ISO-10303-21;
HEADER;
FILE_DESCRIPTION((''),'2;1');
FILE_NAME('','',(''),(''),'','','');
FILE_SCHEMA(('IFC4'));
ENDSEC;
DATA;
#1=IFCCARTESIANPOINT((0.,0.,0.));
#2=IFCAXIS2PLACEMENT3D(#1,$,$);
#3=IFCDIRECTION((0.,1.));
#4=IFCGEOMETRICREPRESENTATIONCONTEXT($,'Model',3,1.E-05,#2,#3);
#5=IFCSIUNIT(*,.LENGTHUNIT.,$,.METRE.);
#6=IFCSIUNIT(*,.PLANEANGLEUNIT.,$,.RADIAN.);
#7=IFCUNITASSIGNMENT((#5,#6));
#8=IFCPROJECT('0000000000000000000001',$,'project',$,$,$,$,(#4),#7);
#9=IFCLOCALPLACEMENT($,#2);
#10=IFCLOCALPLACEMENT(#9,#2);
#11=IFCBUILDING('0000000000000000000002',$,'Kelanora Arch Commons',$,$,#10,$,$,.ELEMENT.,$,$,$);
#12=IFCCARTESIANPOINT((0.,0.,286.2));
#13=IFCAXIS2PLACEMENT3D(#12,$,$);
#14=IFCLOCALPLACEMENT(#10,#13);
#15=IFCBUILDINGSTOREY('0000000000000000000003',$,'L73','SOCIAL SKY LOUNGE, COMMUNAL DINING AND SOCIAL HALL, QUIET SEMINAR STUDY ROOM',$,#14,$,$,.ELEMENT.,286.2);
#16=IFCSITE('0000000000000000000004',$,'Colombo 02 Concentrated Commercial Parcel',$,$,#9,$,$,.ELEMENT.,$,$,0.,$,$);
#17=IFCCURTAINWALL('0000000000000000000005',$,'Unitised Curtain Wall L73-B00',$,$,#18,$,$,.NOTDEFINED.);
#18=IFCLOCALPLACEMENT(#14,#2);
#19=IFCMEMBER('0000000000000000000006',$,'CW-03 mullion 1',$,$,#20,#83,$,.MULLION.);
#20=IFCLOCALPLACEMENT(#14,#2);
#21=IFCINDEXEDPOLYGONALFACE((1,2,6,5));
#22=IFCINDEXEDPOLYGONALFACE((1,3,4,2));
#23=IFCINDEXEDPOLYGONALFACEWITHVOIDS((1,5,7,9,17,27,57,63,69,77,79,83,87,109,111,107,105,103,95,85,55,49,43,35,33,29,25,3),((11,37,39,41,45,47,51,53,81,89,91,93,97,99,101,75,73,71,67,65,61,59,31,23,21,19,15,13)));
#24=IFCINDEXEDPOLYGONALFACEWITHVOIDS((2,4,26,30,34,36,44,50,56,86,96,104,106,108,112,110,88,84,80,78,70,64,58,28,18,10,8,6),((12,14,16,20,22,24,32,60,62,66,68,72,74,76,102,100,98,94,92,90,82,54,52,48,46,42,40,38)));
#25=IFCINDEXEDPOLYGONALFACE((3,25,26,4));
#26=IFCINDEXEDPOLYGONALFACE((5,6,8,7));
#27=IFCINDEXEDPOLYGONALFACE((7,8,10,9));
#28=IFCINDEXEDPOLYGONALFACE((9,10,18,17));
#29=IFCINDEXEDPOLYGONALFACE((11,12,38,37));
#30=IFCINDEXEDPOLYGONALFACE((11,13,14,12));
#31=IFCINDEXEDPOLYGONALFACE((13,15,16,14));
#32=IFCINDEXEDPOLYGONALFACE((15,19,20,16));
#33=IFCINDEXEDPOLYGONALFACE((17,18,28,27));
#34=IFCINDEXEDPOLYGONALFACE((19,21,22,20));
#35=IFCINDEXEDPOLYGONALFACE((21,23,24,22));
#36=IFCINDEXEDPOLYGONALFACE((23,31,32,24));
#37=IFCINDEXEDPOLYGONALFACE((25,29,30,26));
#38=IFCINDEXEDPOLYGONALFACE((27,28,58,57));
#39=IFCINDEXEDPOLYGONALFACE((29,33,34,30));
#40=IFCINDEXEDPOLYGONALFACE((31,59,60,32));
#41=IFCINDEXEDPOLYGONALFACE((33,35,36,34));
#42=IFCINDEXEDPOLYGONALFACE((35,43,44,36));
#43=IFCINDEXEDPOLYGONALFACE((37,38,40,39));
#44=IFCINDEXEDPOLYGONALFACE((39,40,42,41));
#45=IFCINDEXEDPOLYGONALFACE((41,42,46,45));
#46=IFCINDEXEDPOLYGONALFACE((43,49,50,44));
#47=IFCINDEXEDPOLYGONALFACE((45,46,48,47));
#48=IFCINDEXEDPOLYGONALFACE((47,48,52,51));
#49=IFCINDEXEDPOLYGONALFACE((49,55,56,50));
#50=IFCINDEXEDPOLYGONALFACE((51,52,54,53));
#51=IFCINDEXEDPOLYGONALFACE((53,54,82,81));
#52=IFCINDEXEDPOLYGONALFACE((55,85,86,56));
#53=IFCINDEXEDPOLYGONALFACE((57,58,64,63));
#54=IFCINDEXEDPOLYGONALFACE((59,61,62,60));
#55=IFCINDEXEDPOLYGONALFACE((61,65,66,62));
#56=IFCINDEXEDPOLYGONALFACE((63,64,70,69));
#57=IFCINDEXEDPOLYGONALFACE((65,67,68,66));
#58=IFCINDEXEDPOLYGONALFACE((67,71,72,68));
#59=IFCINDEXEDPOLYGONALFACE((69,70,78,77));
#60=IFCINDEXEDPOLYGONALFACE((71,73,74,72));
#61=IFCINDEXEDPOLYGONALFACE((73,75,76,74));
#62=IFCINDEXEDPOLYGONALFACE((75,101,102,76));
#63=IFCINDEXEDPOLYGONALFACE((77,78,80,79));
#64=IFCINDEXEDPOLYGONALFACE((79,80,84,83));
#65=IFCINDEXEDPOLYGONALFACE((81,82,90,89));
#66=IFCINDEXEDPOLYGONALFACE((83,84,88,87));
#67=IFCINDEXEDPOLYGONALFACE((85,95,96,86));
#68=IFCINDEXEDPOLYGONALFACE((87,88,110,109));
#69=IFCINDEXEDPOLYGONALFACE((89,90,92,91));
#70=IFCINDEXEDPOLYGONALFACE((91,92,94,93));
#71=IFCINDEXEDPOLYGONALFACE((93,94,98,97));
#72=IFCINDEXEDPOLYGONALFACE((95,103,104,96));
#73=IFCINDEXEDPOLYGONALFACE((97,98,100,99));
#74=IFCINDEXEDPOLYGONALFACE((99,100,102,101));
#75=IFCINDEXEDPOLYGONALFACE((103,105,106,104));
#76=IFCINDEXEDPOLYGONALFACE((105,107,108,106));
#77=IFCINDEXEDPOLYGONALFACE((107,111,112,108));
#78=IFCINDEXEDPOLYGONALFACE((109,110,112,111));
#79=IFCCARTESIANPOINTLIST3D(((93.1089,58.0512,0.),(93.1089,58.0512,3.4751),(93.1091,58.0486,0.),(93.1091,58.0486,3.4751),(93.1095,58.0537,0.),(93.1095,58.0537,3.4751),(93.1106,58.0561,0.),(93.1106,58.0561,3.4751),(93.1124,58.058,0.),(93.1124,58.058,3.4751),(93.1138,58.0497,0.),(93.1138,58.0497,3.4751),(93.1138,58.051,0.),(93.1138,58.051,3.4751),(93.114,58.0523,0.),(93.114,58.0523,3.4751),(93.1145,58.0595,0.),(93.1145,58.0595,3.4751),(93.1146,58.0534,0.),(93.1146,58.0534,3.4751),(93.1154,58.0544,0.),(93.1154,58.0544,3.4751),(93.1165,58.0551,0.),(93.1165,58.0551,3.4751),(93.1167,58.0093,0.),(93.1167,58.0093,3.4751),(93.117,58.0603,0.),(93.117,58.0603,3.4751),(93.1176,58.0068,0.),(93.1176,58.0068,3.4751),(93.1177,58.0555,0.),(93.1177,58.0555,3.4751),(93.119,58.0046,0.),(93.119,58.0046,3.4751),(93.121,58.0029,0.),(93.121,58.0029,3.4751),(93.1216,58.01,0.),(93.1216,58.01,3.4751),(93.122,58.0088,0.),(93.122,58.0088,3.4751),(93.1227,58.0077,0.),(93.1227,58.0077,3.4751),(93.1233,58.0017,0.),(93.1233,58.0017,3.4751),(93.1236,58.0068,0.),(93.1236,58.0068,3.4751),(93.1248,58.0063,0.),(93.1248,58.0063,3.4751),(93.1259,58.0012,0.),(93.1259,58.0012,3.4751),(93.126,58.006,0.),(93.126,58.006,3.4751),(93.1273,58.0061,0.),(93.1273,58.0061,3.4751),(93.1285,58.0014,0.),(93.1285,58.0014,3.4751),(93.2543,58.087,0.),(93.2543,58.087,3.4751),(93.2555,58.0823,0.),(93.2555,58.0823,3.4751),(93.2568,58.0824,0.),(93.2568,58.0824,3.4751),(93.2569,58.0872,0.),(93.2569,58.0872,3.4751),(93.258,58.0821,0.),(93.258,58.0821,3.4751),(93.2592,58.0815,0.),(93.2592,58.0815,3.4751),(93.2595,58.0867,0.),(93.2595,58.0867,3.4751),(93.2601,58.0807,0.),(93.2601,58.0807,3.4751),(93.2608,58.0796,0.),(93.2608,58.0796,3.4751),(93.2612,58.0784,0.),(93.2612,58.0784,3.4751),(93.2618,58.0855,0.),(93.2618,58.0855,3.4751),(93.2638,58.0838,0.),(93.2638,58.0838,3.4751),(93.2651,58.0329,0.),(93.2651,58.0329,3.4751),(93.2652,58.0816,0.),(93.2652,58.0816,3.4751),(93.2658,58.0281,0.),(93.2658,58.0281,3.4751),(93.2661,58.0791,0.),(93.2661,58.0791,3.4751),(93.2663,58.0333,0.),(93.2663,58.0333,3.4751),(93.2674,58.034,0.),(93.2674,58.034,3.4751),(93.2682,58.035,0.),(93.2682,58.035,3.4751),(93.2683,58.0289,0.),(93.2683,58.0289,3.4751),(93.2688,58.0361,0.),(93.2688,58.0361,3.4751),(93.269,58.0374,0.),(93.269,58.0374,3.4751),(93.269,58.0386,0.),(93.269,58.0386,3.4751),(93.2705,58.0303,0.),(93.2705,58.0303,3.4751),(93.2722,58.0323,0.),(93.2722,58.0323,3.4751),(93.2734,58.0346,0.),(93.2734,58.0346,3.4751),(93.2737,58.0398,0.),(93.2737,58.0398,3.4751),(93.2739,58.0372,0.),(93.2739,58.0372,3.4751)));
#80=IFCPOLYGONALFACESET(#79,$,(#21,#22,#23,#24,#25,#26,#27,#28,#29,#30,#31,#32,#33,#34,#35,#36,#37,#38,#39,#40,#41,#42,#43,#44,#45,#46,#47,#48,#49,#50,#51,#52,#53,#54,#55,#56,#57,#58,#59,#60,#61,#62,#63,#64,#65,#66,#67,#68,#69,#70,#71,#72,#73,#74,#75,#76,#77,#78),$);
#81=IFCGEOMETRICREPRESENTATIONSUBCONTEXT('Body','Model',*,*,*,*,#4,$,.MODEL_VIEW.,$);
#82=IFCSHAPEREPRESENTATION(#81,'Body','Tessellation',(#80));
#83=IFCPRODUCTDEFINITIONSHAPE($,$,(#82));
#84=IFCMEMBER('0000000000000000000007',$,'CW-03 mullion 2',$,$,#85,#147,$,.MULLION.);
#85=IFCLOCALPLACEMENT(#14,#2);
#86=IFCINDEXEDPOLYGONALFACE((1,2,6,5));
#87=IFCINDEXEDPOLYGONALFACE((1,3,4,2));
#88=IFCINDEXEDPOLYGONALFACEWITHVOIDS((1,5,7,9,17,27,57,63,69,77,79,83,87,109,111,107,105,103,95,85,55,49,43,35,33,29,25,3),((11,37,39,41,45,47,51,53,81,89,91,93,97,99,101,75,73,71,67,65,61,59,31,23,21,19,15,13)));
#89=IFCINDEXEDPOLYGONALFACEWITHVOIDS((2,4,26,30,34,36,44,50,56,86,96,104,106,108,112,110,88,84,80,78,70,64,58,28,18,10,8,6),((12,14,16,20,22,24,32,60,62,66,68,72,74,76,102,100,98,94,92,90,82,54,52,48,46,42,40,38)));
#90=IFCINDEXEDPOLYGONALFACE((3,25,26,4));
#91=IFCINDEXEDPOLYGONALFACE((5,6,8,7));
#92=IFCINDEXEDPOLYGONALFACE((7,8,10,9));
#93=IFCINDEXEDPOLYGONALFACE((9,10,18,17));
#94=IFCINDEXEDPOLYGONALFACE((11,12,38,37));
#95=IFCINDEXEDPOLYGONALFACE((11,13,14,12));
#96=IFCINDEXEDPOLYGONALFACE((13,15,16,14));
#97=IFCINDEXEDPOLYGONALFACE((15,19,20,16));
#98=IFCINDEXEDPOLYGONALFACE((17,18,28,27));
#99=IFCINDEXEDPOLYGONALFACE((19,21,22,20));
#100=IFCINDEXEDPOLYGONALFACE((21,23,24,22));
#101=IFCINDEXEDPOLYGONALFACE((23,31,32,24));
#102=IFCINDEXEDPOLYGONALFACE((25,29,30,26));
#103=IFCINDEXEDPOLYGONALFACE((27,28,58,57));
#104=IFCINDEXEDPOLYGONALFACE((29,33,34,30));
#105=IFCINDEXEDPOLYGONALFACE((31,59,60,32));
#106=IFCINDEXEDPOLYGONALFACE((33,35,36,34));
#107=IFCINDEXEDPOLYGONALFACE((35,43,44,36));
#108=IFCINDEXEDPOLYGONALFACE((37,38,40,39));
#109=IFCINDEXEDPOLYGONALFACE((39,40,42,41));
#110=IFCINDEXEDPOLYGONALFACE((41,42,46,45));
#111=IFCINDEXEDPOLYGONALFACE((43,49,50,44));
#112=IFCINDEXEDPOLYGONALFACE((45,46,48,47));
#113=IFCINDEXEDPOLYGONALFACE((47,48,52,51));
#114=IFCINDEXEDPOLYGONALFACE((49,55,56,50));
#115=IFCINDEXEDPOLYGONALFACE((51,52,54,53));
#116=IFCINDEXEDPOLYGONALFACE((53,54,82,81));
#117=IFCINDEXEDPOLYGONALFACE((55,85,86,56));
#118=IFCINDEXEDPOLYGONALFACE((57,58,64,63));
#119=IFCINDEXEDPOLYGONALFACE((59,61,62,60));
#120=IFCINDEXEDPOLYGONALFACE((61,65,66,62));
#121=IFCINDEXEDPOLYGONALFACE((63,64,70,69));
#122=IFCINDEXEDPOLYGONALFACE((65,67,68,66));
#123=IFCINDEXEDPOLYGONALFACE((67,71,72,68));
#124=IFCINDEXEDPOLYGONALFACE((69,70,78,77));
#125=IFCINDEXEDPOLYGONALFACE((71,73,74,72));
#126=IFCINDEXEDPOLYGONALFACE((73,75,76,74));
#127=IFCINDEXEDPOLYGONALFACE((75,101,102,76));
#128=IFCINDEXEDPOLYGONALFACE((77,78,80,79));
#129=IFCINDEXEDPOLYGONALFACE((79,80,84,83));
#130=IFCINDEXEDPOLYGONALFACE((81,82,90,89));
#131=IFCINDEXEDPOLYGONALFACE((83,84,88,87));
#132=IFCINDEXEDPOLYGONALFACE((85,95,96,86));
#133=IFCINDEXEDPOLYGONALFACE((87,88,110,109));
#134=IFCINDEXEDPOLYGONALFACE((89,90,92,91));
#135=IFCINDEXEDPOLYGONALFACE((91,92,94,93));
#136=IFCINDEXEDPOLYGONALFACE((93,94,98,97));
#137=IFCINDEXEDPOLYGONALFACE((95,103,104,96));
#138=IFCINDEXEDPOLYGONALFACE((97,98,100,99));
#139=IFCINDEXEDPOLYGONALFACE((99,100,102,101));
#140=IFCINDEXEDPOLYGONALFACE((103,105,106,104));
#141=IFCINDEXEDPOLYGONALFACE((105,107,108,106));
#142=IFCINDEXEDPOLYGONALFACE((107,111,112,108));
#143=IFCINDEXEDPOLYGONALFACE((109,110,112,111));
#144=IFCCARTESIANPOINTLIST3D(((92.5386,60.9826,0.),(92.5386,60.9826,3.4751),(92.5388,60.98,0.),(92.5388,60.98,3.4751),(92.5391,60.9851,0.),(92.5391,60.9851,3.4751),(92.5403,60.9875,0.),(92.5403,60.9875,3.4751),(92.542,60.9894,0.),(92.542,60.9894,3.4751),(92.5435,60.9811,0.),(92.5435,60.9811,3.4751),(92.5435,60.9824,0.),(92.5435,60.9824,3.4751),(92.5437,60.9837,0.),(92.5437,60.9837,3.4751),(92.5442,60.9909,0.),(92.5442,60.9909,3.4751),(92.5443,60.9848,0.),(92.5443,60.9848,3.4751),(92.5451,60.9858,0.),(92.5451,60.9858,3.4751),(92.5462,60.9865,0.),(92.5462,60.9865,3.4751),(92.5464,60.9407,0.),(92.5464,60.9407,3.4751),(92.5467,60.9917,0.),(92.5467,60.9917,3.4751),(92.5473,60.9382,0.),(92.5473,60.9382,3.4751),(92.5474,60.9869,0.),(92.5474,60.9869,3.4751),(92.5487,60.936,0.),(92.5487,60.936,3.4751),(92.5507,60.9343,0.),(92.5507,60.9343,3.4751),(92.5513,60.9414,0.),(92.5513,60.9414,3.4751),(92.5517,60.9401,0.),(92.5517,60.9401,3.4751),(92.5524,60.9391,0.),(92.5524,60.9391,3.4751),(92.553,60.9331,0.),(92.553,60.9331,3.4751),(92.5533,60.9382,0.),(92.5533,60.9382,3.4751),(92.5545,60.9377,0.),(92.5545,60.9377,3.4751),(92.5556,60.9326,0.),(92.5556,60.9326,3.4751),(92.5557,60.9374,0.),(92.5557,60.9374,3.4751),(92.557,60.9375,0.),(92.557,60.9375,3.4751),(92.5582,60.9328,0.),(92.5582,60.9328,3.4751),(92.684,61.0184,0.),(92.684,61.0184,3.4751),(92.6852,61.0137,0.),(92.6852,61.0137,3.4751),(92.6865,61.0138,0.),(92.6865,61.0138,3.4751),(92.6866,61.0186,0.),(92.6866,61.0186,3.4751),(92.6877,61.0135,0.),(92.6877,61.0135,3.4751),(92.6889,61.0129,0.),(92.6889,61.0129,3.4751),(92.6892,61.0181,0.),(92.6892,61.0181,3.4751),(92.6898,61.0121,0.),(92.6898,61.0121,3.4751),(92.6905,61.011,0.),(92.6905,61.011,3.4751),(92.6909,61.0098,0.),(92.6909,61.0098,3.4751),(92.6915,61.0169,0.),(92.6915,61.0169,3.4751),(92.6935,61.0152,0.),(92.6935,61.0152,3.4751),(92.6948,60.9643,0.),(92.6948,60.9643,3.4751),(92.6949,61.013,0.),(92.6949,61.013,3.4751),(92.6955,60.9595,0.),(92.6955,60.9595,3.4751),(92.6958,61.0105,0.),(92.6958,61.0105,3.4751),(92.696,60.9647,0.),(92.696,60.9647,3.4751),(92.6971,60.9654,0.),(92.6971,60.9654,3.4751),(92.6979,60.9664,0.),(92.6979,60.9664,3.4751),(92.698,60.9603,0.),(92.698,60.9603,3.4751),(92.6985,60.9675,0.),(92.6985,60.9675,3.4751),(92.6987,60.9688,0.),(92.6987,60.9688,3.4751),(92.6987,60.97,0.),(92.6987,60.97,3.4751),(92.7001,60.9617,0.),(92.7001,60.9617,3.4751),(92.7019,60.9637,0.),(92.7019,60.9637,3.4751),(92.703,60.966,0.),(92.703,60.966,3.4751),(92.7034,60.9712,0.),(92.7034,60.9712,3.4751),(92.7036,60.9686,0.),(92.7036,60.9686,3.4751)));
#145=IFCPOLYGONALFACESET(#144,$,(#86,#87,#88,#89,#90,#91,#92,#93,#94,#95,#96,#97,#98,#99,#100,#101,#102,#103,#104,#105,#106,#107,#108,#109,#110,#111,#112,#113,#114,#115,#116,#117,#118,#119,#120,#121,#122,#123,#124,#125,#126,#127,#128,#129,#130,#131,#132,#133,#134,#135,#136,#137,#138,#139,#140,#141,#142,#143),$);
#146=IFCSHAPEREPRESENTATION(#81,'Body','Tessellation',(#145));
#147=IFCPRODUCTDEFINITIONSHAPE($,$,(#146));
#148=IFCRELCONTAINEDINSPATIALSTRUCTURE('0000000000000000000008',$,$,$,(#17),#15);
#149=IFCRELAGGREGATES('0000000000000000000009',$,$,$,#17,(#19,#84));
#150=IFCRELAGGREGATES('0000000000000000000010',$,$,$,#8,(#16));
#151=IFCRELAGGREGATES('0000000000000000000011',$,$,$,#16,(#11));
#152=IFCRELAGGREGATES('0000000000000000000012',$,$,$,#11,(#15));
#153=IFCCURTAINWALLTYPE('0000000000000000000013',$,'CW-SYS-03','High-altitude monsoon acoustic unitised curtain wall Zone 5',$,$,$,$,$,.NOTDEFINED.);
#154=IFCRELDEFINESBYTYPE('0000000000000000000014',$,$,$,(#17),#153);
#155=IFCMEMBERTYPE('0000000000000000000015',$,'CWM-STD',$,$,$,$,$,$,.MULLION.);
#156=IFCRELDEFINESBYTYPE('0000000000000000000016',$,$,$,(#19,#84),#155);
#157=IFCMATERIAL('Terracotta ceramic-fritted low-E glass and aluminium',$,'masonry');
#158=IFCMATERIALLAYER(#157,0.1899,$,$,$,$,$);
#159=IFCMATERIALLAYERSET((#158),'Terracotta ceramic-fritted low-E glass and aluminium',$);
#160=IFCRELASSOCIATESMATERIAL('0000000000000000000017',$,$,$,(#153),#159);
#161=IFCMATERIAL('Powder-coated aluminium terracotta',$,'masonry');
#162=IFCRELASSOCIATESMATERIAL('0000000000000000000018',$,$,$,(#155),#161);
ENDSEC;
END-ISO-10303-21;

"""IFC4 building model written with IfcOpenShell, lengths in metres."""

from ifc_helpers import new_model, si_unit, direction, frame, origin, origin_2d, place, context, subcontext, project, spatial, hollow_rectangle, extrude, material, layer, layer_set, material_profile, profile_set, type_object, element, aggregate, save


model = new_model("IFC4")

# Units and contexts
model_context = context("Model", 3, precision=1e-05, world=origin(), true_north=direction((0.0, 1.0)))
body_context = subcontext(model_context, "Body", "Model", "MODEL_VIEW")
ifc_project = project(units=[si_unit("LENGTHUNIT", "METRE"), si_unit("PLANEANGLEUNIT", "RADIAN")], contexts=[model_context])

# Site, building, storey
site_placement = place(None, origin())
site = spatial("IfcSite", under=ifc_project, at=site_placement, Name="Colombo 02 Concentrated Commercial Parcel", CompositionType="ELEMENT", RefElevation=0.0)
building_placement = place(site_placement, origin())
building = spatial("IfcBuilding", under=site, at=building_placement, Name="Kelanora Arch Commons", CompositionType="ELEMENT")
storey_placement = place(building_placement, frame((0.0, 0.0, 286.2)))
storey = spatial("IfcBuildingStorey", under=building, at=storey_placement, Name="L73", Description="SOCIAL SKY LOUNGE, COMMUNAL DINING AND SOCIAL HALL, QUIET SEMINAR STUDY ROOM", CompositionType="ELEMENT", Elevation=286.2)

# Curtain wall, members
ifc_material_1 = material(Name="Terracotta ceramic-fritted low-E glass and aluminium", Category="masonry")
ifc_layer_1 = layer(ifc_material_1, 0.1899)
ifc_layer_set_1 = layer_set([ifc_layer_1], Name="Terracotta ceramic-fritted low-E glass and aluminium")
curtain_wall_type = type_object("IfcCurtainWallType", Name="CW-SYS-03", Description="High-altitude monsoon acoustic unitised curtain wall Zone 5", PredefinedType="NOTDEFINED", material=ifc_layer_set_1)
curtain_wall_placement = place(storey_placement, origin())
curtain_wall = element("IfcCurtainWall", 1, at=curtain_wall_placement, inside=storey, type_object=curtain_wall_type, Name="Unitised Curtain Wall L73-B00", PredefinedType="NOTDEFINED")
ifc_material_2 = material(Name="Powder-coated aluminium terracotta", Category="masonry")
ifc_material_profile_1 = material_profile(ifc_material_2, hollow_rectangle(XDim=0.1599, YDim=0.0601, WallThickness=0.0049, InnerFilletRadius=0.0049, OuterFilletRadius=0.01, at=origin_2d()), Name="CWM160x60")
ifc_profile_set_1 = profile_set([ifc_material_profile_1], Name="Powder-coated aluminium terracotta")
member_type_1 = type_object("IfcMemberType", Name="CWM-STD", PredefinedType="MULLION", material=ifc_profile_set_1)
member_1_placement = place(storey_placement, frame((93.1914, 58.0442, 0.0), z_axis=(0.0, 0.0, 1.0), x_axis=(-0.981596, -0.190972, 0.0)))
member_1 = element("IfcMember", 2, at=member_1_placement, type_object=member_type_1, Name="CW-03 mullion 1", PredefinedType="MULLION", context=body_context, shape_type="SweptSolid", body=[
    extrude(hollow_rectangle(XDim=0.1599, YDim=0.0601, WallThickness=0.0049, InnerFilletRadius=0.0049, OuterFilletRadius=0.01, at=origin_2d()), origin(), (0.0, 0.0, 1.0), 3.4751),
])
member_2_placement = place(storey_placement, frame((92.6211, 60.9756, 0.0), z_axis=(0.0, 0.0, 1.0), x_axis=(-0.981596, -0.190972, 0.0)))
member_2 = element("IfcMember", 3, at=member_2_placement, type_object=member_type_1, Name="CW-03 mullion 2", PredefinedType="MULLION", context=body_context, shape_type="SweptSolid", body=[
    extrude(hollow_rectangle(XDim=0.1599, YDim=0.0601, WallThickness=0.0049, InnerFilletRadius=0.0049, OuterFilletRadius=0.01, at=origin_2d()), origin(), (0.0, 0.0, 1.0), 3.4751),
])
aggregate(curtain_wall, [member_1, member_2])

save(model, "model.ifc")
